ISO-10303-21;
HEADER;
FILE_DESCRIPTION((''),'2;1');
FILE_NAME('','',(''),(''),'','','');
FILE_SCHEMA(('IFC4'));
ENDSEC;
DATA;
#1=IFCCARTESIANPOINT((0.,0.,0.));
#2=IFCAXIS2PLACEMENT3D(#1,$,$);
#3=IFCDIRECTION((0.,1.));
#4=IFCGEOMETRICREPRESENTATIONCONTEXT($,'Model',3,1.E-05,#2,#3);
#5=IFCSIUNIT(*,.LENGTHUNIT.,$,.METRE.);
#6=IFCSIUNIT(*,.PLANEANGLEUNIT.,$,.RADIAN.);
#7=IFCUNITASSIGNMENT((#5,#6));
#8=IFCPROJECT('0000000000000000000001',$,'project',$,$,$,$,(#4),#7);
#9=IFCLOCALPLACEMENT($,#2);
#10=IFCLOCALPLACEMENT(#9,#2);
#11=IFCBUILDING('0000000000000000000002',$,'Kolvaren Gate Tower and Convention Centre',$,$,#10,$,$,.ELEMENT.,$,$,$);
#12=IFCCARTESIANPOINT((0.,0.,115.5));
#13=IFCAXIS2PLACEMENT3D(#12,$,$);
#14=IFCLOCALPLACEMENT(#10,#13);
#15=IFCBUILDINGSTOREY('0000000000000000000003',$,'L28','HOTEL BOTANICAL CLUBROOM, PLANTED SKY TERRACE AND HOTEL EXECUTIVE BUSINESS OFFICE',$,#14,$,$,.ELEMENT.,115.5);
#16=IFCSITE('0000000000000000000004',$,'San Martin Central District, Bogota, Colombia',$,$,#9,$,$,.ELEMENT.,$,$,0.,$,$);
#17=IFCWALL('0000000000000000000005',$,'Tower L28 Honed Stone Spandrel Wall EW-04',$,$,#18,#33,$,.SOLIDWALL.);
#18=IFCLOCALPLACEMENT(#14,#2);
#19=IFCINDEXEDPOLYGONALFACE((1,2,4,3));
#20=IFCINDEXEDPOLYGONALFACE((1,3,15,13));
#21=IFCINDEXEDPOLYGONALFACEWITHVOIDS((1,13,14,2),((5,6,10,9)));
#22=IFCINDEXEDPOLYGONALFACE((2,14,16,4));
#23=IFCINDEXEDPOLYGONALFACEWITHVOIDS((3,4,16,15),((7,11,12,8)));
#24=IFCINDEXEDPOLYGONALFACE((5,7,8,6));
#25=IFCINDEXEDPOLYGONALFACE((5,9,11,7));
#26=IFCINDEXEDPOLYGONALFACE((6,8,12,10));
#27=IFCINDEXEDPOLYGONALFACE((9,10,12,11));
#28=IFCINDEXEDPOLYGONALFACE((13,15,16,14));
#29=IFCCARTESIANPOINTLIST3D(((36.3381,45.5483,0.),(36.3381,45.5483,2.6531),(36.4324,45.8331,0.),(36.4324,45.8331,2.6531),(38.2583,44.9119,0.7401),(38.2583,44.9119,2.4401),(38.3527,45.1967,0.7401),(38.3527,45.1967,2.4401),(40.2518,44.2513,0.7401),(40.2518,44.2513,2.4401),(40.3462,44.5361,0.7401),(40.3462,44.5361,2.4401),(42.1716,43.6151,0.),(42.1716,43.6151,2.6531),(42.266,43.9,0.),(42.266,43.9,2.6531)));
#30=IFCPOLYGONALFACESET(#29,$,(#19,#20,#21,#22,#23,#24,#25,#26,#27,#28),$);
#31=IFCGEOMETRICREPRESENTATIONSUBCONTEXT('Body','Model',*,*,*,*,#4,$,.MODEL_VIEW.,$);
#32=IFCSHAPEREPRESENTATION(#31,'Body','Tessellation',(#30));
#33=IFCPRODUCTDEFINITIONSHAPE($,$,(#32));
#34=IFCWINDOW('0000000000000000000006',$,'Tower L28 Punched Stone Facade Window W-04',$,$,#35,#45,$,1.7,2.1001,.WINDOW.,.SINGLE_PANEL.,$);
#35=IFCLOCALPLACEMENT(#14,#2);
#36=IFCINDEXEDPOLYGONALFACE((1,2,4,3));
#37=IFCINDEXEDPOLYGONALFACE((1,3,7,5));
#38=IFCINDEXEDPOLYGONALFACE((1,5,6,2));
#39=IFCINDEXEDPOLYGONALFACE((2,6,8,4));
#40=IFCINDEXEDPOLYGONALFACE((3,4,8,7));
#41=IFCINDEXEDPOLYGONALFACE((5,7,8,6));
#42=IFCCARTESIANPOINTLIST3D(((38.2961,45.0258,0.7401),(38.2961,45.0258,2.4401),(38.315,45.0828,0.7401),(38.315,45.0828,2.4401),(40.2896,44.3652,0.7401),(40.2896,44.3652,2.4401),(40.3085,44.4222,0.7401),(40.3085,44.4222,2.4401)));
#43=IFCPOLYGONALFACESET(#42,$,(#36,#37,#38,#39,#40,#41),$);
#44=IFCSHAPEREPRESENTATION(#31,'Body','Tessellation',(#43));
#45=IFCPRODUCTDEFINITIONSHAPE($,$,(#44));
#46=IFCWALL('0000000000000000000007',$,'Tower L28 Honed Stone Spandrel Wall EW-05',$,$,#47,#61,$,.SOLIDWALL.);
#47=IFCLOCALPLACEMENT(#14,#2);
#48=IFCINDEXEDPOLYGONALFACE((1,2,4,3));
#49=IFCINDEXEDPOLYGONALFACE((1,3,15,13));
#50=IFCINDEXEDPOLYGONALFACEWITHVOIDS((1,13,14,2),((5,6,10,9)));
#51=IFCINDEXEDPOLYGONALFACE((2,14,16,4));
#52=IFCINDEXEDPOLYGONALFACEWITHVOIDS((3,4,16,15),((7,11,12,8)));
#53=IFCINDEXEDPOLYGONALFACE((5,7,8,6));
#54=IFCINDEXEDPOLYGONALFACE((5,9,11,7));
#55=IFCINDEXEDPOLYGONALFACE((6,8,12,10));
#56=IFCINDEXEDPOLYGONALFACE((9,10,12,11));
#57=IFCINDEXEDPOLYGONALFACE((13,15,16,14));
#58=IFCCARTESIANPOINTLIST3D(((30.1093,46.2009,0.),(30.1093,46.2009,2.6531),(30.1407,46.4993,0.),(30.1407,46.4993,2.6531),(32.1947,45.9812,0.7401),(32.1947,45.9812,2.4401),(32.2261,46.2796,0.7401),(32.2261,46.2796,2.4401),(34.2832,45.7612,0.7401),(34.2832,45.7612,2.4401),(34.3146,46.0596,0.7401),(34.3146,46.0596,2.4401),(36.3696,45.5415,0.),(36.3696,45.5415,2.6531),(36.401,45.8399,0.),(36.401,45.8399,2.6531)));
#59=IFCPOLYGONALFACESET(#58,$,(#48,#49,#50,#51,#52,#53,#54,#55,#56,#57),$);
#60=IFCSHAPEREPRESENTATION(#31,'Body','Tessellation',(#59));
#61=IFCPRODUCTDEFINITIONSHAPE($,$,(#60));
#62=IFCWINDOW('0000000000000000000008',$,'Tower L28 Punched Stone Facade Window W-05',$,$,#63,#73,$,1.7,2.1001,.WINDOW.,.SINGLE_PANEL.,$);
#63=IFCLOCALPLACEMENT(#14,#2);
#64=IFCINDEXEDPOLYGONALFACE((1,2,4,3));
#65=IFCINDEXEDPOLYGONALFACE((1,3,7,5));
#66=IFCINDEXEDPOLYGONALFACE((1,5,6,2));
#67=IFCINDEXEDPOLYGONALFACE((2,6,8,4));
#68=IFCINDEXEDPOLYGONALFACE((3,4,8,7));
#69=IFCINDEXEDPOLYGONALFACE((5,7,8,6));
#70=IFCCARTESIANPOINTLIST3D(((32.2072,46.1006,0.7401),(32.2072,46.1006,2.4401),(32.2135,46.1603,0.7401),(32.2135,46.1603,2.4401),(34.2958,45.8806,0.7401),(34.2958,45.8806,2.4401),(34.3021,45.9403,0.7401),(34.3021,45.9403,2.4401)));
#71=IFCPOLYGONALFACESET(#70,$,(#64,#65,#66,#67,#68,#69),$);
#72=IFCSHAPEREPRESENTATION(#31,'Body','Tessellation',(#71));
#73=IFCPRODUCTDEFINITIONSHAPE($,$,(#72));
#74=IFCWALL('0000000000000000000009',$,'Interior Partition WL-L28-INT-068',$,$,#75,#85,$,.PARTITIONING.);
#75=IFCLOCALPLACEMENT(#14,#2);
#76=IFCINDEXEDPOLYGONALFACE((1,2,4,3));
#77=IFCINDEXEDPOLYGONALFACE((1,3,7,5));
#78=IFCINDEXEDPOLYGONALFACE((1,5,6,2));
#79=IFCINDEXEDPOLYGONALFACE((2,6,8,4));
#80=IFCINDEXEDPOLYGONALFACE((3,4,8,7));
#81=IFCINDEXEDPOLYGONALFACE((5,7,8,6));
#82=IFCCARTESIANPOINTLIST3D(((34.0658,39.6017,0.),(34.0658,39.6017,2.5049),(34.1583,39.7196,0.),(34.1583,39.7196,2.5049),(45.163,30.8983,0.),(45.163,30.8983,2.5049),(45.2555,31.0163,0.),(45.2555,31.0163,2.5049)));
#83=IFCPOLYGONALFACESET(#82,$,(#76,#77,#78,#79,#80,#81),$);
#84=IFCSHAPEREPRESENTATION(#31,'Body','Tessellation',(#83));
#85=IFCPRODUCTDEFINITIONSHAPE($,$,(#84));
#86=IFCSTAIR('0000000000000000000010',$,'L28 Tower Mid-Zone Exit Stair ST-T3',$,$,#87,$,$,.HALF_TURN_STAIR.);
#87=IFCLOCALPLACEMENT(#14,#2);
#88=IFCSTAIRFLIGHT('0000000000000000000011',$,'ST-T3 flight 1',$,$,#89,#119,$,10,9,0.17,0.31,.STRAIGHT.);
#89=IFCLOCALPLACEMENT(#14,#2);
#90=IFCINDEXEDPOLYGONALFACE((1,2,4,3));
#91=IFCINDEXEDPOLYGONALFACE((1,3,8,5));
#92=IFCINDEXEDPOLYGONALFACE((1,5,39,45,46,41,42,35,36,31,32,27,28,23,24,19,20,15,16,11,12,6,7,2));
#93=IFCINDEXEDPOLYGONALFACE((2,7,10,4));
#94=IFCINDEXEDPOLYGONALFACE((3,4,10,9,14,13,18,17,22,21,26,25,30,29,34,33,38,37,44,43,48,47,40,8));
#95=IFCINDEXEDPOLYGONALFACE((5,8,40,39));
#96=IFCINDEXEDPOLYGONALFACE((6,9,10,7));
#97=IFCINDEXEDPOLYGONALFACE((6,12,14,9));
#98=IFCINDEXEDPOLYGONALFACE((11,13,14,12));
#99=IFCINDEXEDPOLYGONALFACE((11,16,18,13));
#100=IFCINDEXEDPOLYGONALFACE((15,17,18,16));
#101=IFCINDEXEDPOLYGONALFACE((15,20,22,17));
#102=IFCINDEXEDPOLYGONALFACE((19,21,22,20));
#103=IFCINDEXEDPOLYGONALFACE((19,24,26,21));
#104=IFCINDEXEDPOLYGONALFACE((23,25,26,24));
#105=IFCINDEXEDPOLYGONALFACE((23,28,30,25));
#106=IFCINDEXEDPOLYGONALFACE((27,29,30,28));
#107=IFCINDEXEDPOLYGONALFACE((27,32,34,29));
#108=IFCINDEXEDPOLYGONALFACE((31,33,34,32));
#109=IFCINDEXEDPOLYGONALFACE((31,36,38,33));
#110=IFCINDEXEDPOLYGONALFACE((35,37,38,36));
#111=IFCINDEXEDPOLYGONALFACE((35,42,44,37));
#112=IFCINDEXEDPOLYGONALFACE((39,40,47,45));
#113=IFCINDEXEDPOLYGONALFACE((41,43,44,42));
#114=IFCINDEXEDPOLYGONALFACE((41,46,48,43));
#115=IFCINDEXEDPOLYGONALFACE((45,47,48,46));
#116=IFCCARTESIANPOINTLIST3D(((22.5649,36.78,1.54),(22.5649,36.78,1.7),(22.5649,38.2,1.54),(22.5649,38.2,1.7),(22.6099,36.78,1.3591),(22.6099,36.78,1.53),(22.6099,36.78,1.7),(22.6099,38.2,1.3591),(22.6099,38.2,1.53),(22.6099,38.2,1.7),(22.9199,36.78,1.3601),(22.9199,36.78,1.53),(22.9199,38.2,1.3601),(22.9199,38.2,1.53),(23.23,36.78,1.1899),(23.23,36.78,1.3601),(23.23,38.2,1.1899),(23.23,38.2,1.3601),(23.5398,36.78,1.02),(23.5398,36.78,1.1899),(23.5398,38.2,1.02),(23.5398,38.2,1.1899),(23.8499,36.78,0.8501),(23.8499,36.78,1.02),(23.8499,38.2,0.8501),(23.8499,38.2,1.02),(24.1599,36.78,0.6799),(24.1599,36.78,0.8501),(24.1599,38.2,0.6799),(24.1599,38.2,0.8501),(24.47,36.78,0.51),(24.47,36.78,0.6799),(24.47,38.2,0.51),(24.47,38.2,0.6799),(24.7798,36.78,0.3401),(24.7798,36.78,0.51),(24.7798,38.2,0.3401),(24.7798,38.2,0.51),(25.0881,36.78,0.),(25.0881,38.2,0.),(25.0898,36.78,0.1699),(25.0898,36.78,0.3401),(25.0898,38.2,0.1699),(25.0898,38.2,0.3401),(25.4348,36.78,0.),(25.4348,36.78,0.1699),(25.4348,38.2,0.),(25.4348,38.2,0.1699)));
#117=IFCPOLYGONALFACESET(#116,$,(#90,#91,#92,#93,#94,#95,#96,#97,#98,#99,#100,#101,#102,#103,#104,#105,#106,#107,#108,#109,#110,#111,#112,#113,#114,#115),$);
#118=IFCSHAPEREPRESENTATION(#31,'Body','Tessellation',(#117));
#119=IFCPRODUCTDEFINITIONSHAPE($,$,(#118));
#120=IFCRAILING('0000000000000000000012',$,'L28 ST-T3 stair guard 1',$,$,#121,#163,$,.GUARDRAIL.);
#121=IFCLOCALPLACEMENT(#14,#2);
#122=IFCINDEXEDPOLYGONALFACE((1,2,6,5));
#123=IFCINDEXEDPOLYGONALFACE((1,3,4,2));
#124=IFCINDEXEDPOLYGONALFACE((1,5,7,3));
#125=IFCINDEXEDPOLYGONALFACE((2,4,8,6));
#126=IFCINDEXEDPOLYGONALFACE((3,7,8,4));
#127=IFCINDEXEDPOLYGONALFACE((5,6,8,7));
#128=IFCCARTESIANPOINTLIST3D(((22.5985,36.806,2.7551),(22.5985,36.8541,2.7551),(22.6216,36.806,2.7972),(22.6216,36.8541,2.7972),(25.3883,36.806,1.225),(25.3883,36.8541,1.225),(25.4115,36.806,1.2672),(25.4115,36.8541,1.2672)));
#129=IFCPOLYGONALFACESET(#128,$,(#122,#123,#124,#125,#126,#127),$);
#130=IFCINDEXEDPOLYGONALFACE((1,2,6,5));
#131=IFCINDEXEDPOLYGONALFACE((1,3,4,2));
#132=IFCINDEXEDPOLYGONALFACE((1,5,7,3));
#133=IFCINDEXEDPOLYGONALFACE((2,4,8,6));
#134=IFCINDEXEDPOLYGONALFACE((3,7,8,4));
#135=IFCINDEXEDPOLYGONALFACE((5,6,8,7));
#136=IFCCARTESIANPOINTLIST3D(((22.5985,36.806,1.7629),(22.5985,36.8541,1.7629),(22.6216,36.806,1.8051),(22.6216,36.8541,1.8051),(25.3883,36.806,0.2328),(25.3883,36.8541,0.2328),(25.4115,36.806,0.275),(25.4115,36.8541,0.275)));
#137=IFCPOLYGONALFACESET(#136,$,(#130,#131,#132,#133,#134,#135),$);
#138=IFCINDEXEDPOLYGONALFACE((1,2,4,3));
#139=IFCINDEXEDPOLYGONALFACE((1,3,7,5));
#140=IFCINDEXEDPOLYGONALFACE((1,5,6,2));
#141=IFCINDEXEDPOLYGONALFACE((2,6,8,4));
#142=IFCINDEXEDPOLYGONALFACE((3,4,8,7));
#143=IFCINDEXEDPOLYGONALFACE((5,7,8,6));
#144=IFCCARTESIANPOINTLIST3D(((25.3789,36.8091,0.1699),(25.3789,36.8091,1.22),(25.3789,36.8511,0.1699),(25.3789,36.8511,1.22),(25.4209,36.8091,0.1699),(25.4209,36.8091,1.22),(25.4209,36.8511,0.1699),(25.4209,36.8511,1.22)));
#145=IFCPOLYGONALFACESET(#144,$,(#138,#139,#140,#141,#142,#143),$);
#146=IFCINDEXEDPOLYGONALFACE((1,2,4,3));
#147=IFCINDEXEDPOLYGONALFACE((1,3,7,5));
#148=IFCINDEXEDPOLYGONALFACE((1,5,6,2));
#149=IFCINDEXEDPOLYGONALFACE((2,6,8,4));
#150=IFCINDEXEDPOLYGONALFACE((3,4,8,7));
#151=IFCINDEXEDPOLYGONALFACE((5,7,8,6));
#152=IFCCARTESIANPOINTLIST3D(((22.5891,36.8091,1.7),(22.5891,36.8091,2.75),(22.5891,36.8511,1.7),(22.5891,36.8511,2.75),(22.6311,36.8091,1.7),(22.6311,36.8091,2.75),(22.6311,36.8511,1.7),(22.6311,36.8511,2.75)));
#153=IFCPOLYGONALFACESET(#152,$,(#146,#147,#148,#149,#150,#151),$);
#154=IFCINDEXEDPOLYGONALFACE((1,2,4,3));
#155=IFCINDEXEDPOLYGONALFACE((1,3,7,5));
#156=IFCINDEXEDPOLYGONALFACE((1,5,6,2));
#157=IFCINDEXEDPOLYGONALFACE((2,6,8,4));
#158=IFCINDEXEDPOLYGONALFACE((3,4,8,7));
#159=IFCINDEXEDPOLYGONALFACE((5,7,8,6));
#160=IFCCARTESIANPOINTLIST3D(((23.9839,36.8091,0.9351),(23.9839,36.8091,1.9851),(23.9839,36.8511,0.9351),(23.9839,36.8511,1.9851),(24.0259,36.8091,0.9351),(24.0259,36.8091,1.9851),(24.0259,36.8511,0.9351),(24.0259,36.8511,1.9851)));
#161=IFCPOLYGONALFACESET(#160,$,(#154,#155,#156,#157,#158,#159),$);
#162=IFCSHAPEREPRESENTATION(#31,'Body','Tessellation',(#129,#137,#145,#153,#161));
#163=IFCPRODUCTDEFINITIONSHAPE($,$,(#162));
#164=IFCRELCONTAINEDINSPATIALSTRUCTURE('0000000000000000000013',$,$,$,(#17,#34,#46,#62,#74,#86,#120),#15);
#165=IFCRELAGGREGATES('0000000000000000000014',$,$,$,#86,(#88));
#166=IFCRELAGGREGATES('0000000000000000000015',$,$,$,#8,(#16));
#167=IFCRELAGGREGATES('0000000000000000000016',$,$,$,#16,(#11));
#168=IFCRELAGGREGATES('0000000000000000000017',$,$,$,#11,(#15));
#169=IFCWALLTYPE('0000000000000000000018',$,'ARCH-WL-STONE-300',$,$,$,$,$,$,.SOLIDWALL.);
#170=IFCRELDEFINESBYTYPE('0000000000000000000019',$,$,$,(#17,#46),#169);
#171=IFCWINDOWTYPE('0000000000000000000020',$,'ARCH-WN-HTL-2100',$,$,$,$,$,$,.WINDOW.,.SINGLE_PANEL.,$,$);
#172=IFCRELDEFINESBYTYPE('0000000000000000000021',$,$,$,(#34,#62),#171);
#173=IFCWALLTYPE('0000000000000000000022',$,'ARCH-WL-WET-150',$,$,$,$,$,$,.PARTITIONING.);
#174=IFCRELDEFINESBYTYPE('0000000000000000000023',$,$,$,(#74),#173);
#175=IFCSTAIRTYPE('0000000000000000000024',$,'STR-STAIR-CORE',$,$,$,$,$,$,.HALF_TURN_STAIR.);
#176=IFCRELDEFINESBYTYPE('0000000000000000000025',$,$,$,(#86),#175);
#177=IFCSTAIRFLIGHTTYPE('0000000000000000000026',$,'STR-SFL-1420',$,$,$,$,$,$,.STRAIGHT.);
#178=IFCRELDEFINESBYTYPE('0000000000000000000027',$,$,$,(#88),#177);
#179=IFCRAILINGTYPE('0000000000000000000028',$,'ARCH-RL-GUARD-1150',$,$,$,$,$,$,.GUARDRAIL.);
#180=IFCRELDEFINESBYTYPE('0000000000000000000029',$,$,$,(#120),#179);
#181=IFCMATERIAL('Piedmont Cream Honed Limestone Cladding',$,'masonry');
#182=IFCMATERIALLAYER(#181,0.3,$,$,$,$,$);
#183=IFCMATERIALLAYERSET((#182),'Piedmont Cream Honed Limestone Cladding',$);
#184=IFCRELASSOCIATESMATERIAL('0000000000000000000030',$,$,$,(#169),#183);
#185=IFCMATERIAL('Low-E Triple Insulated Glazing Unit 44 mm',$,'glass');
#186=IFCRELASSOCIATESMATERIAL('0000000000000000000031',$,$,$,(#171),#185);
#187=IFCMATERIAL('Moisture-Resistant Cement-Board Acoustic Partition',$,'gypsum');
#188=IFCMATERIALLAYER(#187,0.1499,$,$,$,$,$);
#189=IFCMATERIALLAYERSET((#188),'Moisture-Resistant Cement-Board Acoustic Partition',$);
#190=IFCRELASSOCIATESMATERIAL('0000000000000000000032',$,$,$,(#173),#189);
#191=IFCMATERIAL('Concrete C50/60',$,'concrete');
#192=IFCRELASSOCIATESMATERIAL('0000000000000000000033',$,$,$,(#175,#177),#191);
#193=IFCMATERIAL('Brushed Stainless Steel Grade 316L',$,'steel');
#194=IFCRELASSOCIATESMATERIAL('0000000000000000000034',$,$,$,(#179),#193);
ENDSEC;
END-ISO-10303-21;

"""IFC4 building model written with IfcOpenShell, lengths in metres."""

from ifc_helpers import new_model, si_unit, direction, frame, frame_2d, origin, origin_2d, place, context, subcontext, project, spatial, polyline, rectangle, outline, extrude, material, layer, layer_set, type_object, element, fill, aggregate, save


model = new_model("IFC4")

# Units and contexts
model_context = context("Model", 3, precision=1e-05, world=origin(), true_north=direction((0.0, 1.0)))
body_context = subcontext(model_context, "Body", "Model", "MODEL_VIEW")
ifc_project = project(units=[si_unit("LENGTHUNIT", "METRE"), si_unit("PLANEANGLEUNIT", "RADIAN")], contexts=[model_context])

# Site, building, storey
site_placement = place(None, origin())
site = spatial("IfcSite", under=ifc_project, at=site_placement, Name="San Martin Central District, Bogota, Colombia", CompositionType="ELEMENT", RefElevation=0.0)
building_placement = place(site_placement, origin())
building = spatial("IfcBuilding", under=site, at=building_placement, Name="Kolvaren Gate Tower and Convention Centre", CompositionType="ELEMENT")
storey_placement = place(building_placement, frame((0.0, 0.0, 115.5)))
storey = spatial("IfcBuildingStorey", under=building, at=storey_placement, Name="L28", Description="HOTEL BOTANICAL CLUBROOM, PLANTED SKY TERRACE AND HOTEL EXECUTIVE BUSINESS OFFICE", CompositionType="ELEMENT", Elevation=115.5)

# Shared definitions
ifc_material_1 = material(Name="Piedmont Cream Honed Limestone Cladding", Category="masonry")

# Walls, openings, windows
ifc_layer_1 = layer(ifc_material_1, 0.3)
ifc_layer_set_1 = layer_set([ifc_layer_1], Name="Piedmont Cream Honed Limestone Cladding")
wall_type_1 = type_object("IfcWallType", Name="ARCH-WL-STONE-300", PredefinedType="SOLIDWALL", material=ifc_layer_set_1)
wall_1_placement = place(storey_placement, frame((36.3853, 45.6907, 0.0), z_axis=(0.0, 0.0, 1.0), x_axis=(0.949238, -0.314559, 0.0)))
wall_1 = element("IfcWall", 1, at=wall_1_placement, inside=storey, type_object=wall_type_1, Name="Tower L28 Honed Stone Spandrel Wall EW-04", PredefinedType="SOLIDWALL", context=body_context, shape_type="SweptSolid", body=[
    extrude(rectangle(XDim=6.1455, YDim=0.3, at=frame_2d((3.0728, 0.0))), origin(), (0.0, 0.0, 1.0), 2.6531),
])
opening_1_placement = place(wall_1_placement, frame((2.0229, 0.0, 0.74)))
opening_1 = element("IfcOpeningElement", 2, at=opening_1_placement, cuts=wall_1, PredefinedType="OPENING", context=body_context, shape_type="SweptSolid", body=[
    extrude(rectangle(XDim=2.1001, YDim=1.7, at=frame_2d((1.05, 0.8501))), frame((0.0, 0.1599, 0.0), z_axis=(0.0, -1.0, 0.0), x_axis=(1.0, 0.0, 0.0)), (0.0, 0.0, 1.0), 0.3201),
])
ifc_material_2 = material(Name="Low-E Triple Insulated Glazing Unit 44 mm", Category="glass")
window_type = type_object("IfcWindowType", Name="ARCH-WN-HTL-2100", PartitioningType="SINGLE_PANEL", PredefinedType="WINDOW", material=ifc_material_2)
window_1_placement = place(opening_1_placement, origin())
window_1 = element("IfcWindow", 3, at=window_1_placement, inside=storey, type_object=window_type, Name="Tower L28 Punched Stone Facade Window W-04", OverallHeight=1.7, OverallWidth=2.1001, PartitioningType="SINGLE_PANEL", PredefinedType="WINDOW", context=body_context, shape_type="SweptSolid", body=[
    extrude(rectangle(XDim=2.1001, YDim=1.7, at=frame_2d((1.05, 0.8501))), frame((0.0, 0.03, 0.0), z_axis=(0.0, -1.0, 0.0), x_axis=(1.0, 0.0, 0.0)), (0.0, 0.0, 1.0), 0.0601),
])
fill(opening_1, window_1)
wall_2_placement = place(storey_placement, frame((30.125, 46.3501, 0.0), z_axis=(0.0, 0.0, 1.0), x_axis=(0.994498, -0.104755, 0.0)))
wall_2 = element("IfcWall", 4, at=wall_2_placement, inside=storey, type_object=wall_type_1, Name="Tower L28 Honed Stone Spandrel Wall EW-05", PredefinedType="SOLIDWALL", context=body_context, shape_type="SweptSolid", body=[
    extrude(rectangle(XDim=6.2949, YDim=0.3, at=frame_2d((3.1475, 0.0))), origin(), (0.0, 0.0, 1.0), 2.6531),
])
opening_2_placement = place(wall_2_placement, frame((2.0969, 0.0, 0.74)))
opening_2 = element("IfcOpeningElement", 5, at=opening_2_placement, cuts=wall_2, PredefinedType="OPENING", context=body_context, shape_type="SweptSolid", body=[
    extrude(rectangle(XDim=2.1001, YDim=1.7, at=frame_2d((1.05, 0.8501))), frame((0.0, 0.1599, 0.0), z_axis=(0.0, -1.0, 0.0), x_axis=(1.0, 0.0, 0.0)), (0.0, 0.0, 1.0), 0.3201),
])
window_2_placement = place(opening_2_placement, origin())
window_2 = element("IfcWindow", 6, at=window_2_placement, inside=storey, type_object=window_type, Name="Tower L28 Punched Stone Facade Window W-05", OverallHeight=1.7, OverallWidth=2.1001, PartitioningType="SINGLE_PANEL", PredefinedType="WINDOW", context=body_context, shape_type="SweptSolid", body=[
    extrude(rectangle(XDim=2.1001, YDim=1.7, at=frame_2d((1.05, 0.8501))), frame((0.0, 0.03, 0.0), z_axis=(0.0, -1.0, 0.0), x_axis=(1.0, 0.0, 0.0)), (0.0, 0.0, 1.0), 0.0601),
])
fill(opening_2, window_2)

# Wall
ifc_material_3 = material(Name="Moisture-Resistant Cement-Board Acoustic Partition", Category="gypsum")
ifc_layer_2 = layer(ifc_material_3, 0.1499)
ifc_layer_set_2 = layer_set([ifc_layer_2], Name="Moisture-Resistant Cement-Board Acoustic Partition")
wall_type_2 = type_object("IfcWallType", Name="ARCH-WL-WET-150", PredefinedType="PARTITIONING", material=ifc_layer_set_2)
wall_3_placement = place(storey_placement, frame((34.1121, 39.6606, 0.0), z_axis=(0.0, 0.0, 1.0), x_axis=(0.786863, -0.617127, 0.0)))
element("IfcWall", 7, at=wall_3_placement, inside=storey, type_object=wall_type_2, Name="Interior Partition WL-L28-INT-068", PredefinedType="PARTITIONING", context=body_context, shape_type="SweptSolid", body=[
    extrude(rectangle(XDim=14.103, YDim=0.1499, at=frame_2d((7.0515, 0.0))), origin(), (0.0, 0.0, 1.0), 2.5049),
])

# Stair, stair flight
ifc_material_4 = material(Name="Concrete C50/60", Category="concrete")
stair_type = type_object("IfcStairType", Name="STR-STAIR-CORE", PredefinedType="HALF_TURN_STAIR", material=ifc_material_4)
stair_placement = place(storey_placement, origin())
stair = element("IfcStair", 8, at=stair_placement, inside=storey, type_object=stair_type, Name="L28 Tower Mid-Zone Exit Stair ST-T3", PredefinedType="HALF_TURN_STAIR")
stair_flight_type = type_object("IfcStairFlightType", Name="STR-SFL-1420", PredefinedType="STRAIGHT", material=ifc_material_4)
stair_flight_placement = place(storey_placement, frame((25.3999, 37.49, 0.0), z_axis=(0.0, 0.0, 1.0), x_axis=(-1.0, 0.0, 0.0)))
stair_flight = element("IfcStairFlight", 9, at=stair_flight_placement, type_object=stair_flight_type, Name="ST-T3 flight 1", NumberOfRisers=10, NumberOfTreads=9, PredefinedType="STRAIGHT", RiserHeight=0.17, TreadLength=0.31, context=body_context, shape_type="SweptSolid", body=[
    extrude(outline(polyline([(-0.0349, 0.0), (-0.0349, 0.1699), (0.3101, 0.1699), (0.3101, 0.3401), (0.6201, 0.3401), (0.6201, 0.51), (0.9299, 0.51), (0.9299, 0.6799), (1.24, 0.6799), (1.24, 0.8501), (1.55, 0.8501), (1.55, 1.02), (1.8601, 1.02), (1.8601, 1.1899), (2.1699, 1.1899), (2.1699, 1.3601), (2.48, 1.3601), (2.48, 1.53), (2.79, 1.53), (2.79, 1.7), (2.835, 1.7), (2.835, 1.54), (2.79, 1.3591), (0.3118, 0.0), (-0.0349, 0.0)])), frame((0.0, 0.71, 0.0), z_axis=(0.0, -1.0, 0.0), x_axis=(1.0, 0.0, 0.0)), (0.0, 0.0, 1.0), 1.4199),
])
aggregate(stair, [stair_flight])

# Railing
ifc_material_5 = material(Name="Brushed Stainless Steel Grade 316L", Category="steel")
railing_type_1 = type_object("IfcRailingType", Name="ARCH-RL-GUARD-1150", PredefinedType="GUARDRAIL", material=ifc_material_5)
railing_1_placement = place(storey_placement, frame((25.3999, 36.8301, 0.1699)))
element("IfcRailing", 10, at=railing_1_placement, inside=storey, type_object=railing_type_1, Name="L28 ST-T3 stair guard 1", PredefinedType="GUARDRAIL", context=body_context, shape_type="SweptSolid", body=[
    extrude(rectangle(XDim=0.0481, YDim=0.0481, at=origin_2d()), frame((0.0, 0.0, 1.0762), z_axis=(-0.876794, 0.0, 0.480867), x_axis=(0.0, -1.0, 0.0)), (0.0, 0.0, 1.0), 3.1819),
    extrude(rectangle(XDim=0.0481, YDim=0.0481, at=origin_2d()), frame((0.0, 0.0, 0.084), z_axis=(-0.876794, 0.0, 0.480867), x_axis=(0.0, -1.0, 0.0)), (0.0, 0.0, 1.0), 3.1819),
    extrude(rectangle(XDim=0.042, YDim=0.042, at=origin_2d()), origin(), (0.0, 0.0, 1.0), 1.05),
    extrude(rectangle(XDim=0.042, YDim=0.042, at=origin_2d()), frame((-2.7898, 0.0, 1.53)), (0.0, 0.0, 1.0), 1.05),
    extrude(rectangle(XDim=0.042, YDim=0.042, at=origin_2d()), frame((-1.395, 0.0, 0.7651)), (0.0, 0.0, 1.0), 1.05),
])

save(model, "model.ifc")
